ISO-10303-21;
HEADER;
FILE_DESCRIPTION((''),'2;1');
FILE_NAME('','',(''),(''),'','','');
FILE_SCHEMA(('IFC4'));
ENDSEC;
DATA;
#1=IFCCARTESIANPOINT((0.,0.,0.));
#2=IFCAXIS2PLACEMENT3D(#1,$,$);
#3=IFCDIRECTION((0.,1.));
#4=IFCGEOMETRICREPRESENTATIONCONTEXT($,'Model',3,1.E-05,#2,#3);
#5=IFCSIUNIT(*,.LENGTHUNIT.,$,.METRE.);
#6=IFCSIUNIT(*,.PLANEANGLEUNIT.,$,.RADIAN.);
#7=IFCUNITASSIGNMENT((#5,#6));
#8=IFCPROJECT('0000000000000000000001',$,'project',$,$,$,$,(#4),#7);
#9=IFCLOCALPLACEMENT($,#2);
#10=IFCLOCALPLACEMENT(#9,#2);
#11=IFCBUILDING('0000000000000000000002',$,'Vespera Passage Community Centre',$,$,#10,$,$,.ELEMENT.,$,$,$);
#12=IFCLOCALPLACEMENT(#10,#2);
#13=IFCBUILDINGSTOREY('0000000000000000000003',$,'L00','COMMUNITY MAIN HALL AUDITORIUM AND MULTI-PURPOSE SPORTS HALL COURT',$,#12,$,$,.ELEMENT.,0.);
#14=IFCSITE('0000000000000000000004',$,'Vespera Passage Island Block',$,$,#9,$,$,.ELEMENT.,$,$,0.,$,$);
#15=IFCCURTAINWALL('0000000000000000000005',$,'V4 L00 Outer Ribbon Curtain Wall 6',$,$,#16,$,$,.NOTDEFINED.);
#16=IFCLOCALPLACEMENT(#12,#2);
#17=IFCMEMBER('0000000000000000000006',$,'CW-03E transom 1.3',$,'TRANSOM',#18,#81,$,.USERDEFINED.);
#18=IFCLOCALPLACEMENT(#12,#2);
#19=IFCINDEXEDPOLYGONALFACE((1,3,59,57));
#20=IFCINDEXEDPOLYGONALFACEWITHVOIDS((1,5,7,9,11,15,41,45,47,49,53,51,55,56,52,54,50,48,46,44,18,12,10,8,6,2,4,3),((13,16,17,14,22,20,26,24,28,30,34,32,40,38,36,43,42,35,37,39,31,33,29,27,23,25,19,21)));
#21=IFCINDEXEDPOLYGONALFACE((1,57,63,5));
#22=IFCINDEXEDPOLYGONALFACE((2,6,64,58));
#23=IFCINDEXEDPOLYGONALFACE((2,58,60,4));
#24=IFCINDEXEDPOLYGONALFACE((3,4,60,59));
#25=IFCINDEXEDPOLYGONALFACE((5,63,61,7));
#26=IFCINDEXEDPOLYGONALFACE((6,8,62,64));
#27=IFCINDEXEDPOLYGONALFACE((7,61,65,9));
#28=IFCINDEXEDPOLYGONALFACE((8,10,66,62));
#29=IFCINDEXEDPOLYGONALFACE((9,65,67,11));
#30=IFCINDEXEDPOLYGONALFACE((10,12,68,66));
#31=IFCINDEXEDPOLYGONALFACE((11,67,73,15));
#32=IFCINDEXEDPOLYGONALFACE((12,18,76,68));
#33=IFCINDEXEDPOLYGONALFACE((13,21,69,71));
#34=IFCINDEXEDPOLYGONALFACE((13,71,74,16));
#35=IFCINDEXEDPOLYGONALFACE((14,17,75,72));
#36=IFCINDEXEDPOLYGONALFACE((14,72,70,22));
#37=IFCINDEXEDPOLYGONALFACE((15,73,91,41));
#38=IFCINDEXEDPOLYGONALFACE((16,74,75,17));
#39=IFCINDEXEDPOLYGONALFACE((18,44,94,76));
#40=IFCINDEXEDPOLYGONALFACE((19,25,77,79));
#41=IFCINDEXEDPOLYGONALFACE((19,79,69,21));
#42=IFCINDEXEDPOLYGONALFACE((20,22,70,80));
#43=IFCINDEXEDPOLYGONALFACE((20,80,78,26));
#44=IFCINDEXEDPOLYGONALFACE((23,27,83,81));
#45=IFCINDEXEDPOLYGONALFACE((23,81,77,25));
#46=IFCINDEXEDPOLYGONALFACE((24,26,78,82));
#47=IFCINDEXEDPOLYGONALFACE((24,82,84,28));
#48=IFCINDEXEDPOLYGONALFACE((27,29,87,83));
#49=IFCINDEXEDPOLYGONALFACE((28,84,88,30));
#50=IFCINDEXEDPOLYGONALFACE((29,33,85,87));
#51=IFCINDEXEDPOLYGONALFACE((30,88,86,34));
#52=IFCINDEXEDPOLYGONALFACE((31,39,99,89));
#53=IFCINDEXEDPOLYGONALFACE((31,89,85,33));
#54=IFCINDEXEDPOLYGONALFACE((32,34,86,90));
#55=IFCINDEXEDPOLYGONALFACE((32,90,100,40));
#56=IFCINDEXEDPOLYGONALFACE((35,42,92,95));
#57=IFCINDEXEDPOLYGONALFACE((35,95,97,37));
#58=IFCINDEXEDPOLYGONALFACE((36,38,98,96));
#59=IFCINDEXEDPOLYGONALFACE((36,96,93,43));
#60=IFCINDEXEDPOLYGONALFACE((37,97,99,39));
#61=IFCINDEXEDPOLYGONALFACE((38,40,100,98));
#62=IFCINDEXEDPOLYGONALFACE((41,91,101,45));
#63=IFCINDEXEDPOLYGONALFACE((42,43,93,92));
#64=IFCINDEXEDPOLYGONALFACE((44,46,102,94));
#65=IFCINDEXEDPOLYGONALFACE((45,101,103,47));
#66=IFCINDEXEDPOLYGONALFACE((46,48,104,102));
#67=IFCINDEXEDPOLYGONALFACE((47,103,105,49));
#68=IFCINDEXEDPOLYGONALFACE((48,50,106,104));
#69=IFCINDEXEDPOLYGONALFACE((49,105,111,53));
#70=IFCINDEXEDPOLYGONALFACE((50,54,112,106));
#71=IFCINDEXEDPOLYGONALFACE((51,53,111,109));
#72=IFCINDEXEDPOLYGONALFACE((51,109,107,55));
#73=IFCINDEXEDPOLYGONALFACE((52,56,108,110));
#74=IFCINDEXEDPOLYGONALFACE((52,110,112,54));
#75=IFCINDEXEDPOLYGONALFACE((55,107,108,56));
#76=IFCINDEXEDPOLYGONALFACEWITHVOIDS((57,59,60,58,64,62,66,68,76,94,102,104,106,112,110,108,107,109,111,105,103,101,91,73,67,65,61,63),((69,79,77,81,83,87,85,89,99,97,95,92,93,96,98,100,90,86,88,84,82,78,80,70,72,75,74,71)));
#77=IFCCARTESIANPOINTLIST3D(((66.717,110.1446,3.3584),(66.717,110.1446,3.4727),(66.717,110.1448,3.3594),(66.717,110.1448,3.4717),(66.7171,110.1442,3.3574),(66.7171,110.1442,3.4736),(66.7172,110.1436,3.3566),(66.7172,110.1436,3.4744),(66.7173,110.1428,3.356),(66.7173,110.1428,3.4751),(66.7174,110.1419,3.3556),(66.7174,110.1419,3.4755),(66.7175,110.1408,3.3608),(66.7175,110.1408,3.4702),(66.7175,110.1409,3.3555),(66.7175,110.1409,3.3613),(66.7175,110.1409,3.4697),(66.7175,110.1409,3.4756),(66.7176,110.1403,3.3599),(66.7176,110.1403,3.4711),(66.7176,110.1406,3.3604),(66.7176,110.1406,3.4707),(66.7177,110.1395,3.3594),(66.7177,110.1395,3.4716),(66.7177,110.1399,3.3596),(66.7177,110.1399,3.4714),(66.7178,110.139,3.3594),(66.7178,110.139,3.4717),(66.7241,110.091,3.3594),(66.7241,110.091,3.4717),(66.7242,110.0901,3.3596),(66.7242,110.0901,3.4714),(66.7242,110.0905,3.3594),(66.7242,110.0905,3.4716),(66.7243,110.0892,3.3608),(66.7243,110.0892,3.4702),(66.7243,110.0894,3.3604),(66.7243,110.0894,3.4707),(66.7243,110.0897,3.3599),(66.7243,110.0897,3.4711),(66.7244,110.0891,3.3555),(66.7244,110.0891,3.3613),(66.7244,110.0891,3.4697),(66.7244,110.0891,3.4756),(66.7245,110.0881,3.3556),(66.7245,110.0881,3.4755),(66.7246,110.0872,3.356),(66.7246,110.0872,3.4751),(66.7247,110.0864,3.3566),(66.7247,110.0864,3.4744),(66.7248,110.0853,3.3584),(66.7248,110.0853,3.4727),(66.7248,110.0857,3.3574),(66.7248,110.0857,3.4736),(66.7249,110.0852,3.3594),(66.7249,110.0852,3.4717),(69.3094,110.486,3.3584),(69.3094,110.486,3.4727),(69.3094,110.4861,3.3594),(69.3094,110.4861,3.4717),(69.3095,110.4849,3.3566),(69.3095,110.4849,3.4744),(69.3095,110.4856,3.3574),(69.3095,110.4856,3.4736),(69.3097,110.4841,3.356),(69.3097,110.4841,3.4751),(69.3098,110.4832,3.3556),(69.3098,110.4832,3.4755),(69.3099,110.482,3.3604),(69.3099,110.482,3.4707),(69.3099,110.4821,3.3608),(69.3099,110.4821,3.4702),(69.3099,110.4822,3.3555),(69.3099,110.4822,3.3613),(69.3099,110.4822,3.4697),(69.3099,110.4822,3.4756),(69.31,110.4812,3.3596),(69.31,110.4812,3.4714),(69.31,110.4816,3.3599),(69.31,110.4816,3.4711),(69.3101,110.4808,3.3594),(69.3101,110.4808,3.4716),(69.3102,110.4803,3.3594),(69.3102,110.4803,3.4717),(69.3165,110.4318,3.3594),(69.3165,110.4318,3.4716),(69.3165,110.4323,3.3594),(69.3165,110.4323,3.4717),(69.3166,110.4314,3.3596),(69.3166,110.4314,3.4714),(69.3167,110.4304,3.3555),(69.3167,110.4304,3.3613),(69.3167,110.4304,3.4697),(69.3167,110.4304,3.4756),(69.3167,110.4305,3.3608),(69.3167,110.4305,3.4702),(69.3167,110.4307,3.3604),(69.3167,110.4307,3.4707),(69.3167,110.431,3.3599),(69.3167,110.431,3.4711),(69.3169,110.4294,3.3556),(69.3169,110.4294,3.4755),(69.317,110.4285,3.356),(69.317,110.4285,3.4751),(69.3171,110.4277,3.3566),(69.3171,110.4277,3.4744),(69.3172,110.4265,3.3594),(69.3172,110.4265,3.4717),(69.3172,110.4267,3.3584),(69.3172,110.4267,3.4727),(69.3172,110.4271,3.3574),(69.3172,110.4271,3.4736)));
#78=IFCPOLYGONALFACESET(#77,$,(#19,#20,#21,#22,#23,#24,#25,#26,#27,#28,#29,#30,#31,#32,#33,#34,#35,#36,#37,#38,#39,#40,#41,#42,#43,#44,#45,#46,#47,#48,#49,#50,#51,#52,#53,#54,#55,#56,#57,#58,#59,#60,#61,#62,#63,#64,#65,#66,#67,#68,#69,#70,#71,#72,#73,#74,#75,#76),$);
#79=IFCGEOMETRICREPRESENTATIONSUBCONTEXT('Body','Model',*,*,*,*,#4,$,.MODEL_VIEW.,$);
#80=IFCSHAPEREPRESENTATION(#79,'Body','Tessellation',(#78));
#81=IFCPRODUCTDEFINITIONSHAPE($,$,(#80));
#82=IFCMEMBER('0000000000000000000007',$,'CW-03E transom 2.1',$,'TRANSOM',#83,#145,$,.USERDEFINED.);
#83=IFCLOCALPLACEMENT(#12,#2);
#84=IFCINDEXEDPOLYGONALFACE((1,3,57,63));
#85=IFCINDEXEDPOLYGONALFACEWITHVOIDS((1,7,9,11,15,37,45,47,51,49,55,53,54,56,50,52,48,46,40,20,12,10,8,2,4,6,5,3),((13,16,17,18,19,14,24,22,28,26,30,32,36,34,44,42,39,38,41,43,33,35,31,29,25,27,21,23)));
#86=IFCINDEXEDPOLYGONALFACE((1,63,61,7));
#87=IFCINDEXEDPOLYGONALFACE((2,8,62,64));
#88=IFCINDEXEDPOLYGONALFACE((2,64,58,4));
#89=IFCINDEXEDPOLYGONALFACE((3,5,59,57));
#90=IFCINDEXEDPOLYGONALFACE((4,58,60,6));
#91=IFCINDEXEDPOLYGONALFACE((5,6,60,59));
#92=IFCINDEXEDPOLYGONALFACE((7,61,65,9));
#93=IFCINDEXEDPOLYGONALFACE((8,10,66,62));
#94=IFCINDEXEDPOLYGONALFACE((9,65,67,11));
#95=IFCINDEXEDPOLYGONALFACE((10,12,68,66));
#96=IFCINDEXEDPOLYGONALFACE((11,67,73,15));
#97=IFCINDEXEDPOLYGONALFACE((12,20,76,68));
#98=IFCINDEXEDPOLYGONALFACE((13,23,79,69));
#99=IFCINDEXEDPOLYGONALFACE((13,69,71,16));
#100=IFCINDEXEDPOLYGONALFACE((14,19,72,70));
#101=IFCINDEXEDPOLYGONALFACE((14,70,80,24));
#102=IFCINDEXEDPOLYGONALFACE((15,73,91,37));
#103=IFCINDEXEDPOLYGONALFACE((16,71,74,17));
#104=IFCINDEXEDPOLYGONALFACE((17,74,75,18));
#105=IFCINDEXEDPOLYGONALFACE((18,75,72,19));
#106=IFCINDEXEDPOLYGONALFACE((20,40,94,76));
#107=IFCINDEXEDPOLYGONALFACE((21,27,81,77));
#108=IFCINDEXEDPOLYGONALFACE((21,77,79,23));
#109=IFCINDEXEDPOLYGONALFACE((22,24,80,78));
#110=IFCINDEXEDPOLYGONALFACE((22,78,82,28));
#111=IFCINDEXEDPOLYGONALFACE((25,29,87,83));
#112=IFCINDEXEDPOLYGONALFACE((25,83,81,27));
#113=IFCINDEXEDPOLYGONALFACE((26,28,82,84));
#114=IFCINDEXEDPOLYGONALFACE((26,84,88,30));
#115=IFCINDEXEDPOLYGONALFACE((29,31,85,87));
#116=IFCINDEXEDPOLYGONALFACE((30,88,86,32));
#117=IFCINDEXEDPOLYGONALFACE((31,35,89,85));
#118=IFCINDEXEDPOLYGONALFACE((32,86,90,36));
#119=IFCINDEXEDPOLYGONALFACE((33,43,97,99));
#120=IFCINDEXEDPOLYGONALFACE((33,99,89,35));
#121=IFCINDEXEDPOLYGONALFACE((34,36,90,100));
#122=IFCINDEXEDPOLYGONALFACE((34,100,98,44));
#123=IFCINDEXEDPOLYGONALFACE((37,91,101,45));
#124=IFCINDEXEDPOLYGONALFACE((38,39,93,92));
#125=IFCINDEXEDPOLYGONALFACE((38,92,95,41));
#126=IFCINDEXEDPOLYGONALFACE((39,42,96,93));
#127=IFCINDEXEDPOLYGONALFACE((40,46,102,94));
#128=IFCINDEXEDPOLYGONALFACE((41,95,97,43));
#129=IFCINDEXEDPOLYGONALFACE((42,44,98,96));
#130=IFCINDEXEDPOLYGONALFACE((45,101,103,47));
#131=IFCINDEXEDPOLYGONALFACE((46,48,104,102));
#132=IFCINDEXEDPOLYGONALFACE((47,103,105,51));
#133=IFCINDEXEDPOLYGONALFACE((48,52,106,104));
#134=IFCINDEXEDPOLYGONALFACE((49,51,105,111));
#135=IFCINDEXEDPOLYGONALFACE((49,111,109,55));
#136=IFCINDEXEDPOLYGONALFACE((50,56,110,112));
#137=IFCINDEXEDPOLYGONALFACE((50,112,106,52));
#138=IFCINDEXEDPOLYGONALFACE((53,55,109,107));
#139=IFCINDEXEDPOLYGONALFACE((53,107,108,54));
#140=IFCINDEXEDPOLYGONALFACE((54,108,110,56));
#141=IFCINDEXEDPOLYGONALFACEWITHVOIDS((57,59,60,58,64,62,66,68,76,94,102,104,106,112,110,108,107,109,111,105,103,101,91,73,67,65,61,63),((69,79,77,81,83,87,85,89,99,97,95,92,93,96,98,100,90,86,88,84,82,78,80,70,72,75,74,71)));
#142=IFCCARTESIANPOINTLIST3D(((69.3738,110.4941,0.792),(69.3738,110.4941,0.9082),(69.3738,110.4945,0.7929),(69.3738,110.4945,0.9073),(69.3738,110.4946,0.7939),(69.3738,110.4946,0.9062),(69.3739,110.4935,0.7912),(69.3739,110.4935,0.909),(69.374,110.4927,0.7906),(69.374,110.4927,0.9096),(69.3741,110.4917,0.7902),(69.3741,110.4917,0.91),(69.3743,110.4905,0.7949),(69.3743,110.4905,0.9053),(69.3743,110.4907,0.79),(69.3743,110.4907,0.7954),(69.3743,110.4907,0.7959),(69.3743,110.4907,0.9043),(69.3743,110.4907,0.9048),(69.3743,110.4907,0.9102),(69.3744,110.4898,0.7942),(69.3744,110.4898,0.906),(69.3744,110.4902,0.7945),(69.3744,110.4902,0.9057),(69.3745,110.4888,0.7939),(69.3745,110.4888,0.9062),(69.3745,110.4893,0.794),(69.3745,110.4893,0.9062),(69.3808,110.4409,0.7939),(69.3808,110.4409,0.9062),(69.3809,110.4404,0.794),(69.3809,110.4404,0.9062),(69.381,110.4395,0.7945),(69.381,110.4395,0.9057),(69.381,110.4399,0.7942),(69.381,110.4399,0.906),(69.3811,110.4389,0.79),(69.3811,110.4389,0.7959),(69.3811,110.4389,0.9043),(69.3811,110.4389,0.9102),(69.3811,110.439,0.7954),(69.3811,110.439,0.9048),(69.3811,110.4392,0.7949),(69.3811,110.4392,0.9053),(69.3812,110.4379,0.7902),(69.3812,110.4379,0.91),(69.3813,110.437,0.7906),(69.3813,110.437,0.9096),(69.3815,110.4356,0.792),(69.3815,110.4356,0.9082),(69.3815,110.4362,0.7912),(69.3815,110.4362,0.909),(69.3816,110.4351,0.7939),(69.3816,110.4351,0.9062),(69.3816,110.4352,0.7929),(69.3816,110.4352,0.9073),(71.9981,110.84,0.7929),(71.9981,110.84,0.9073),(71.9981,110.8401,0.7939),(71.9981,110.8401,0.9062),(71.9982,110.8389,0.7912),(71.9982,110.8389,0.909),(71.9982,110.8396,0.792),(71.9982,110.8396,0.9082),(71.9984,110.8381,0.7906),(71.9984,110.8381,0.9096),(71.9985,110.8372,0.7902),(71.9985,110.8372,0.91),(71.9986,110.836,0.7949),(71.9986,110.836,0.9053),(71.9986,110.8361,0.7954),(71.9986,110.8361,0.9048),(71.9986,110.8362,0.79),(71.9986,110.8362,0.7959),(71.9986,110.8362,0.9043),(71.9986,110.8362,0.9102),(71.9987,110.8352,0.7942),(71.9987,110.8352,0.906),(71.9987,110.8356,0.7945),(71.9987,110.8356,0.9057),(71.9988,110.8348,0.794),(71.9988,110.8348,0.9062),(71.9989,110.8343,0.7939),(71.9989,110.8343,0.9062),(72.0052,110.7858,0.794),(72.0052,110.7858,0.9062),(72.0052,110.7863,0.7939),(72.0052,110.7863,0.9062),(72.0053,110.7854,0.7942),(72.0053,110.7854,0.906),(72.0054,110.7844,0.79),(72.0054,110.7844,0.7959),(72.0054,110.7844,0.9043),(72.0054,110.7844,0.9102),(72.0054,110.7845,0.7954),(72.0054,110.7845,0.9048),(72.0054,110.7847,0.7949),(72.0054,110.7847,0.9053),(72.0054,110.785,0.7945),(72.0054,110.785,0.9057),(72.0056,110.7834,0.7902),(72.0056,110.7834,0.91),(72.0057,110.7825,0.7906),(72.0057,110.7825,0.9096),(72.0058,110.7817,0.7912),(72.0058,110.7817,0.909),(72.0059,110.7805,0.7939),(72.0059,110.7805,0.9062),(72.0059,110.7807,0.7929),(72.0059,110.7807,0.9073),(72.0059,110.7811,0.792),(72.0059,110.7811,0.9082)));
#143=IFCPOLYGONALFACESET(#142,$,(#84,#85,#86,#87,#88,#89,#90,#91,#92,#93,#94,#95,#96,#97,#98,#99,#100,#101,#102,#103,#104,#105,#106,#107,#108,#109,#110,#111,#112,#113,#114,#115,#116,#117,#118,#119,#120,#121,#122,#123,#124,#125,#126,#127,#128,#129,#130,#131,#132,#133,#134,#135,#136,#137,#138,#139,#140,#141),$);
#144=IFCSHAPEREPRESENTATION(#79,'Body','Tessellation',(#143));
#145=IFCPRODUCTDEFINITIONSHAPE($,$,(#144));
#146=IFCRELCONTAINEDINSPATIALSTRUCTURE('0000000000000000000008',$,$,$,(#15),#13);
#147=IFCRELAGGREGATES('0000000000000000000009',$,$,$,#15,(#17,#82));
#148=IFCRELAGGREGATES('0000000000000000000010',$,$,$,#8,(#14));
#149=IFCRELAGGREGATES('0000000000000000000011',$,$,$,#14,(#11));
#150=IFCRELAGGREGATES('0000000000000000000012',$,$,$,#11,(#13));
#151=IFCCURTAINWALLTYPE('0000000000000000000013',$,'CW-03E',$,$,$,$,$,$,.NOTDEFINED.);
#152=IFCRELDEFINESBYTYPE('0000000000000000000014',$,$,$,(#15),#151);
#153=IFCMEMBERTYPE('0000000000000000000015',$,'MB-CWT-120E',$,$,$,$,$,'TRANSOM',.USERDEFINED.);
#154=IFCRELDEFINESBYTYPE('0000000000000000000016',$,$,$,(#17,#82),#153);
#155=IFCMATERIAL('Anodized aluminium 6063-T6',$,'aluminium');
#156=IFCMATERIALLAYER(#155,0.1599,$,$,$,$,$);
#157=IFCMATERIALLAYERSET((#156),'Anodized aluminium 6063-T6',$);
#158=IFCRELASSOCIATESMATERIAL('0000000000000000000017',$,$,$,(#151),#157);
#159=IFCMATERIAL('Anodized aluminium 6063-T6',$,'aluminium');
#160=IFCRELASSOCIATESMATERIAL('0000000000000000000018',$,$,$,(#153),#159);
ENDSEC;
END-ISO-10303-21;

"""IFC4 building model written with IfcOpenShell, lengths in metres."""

from ifc_helpers import new_model, si_unit, direction, frame, origin, origin_2d, place, context, subcontext, project, spatial, hollow_rectangle, extrude, material, layer, layer_set, material_profile, profile_set, type_object, element, aggregate, save


model = new_model("IFC4")

# Units and contexts
model_context = context("Model", 3, precision=1e-05, world=origin(), true_north=direction((0.0, 1.0)))
body_context = subcontext(model_context, "Body", "Model", "MODEL_VIEW")
ifc_project = project(units=[si_unit("LENGTHUNIT", "METRE"), si_unit("PLANEANGLEUNIT", "RADIAN")], contexts=[model_context])

# Site, building, storey
site_placement = place(None, origin())
site = spatial("IfcSite", under=ifc_project, at=site_placement, Name="Vespera Passage Island Block", CompositionType="ELEMENT", RefElevation=0.0)
building_placement = place(site_placement, origin())
building = spatial("IfcBuilding", under=site, at=building_placement, Name="Vespera Passage Community Centre", CompositionType="ELEMENT")
storey_placement = place(building_placement, origin())
storey = spatial("IfcBuildingStorey", under=building, at=storey_placement, Name="L00", Description="COMMUNITY MAIN HALL AUDITORIUM AND MULTI-PURPOSE SPORTS HALL COURT", CompositionType="ELEMENT", Elevation=0.0)

# Curtain wall
ifc_material_1 = material(Name="Anodized aluminium 6063-T6", Category="aluminium")
ifc_layer_1 = layer(ifc_material_1, 0.1599)
ifc_layer_set_1 = layer_set([ifc_layer_1], Name="Anodized aluminium 6063-T6")
curtain_wall_type_1 = type_object("IfcCurtainWallType", Name="CW-03E", PredefinedType="NOTDEFINED", material=ifc_layer_set_1)
curtain_wall_1_placement = place(storey_placement, origin())
curtain_wall_1 = element("IfcCurtainWall", 1, at=curtain_wall_1_placement, inside=storey, type_object=curtain_wall_type_1, Name="V4 L00 Outer Ribbon Curtain Wall 6", PredefinedType="NOTDEFINED")

# Members
ifc_material_2 = material(Name="Anodized aluminium 6063-T6", Category="aluminium")
ifc_material_profile_1 = material_profile(ifc_material_2, hollow_rectangle(XDim=0.0601, YDim=0.1201, WallThickness=0.0039, InnerFilletRadius=0.002, OuterFilletRadius=0.0039, at=origin_2d()), Name="ALU120X60X4")
ifc_profile_set_1 = profile_set([ifc_material_profile_1], Name="Anodized aluminium 6063-T6")
member_type_1 = type_object("IfcMemberType", Name="MB-CWT-120E", ElementType="TRANSOM", PredefinedType="USERDEFINED", material=ifc_profile_set_1)
member_1_placement = place(storey_placement, frame((66.7209, 110.115, 3.4155), z_axis=(0.991443, 0.130537, 0.0), x_axis=(-0.130537, 0.991443, 0.0)))
member_1 = element("IfcMember", 2, at=member_1_placement, type_object=member_type_1, Name="CW-03E transom 1.3", ObjectType="TRANSOM", PredefinedType="USERDEFINED", context=body_context, shape_type="SweptSolid", body=[
    extrude(hollow_rectangle(XDim=0.0601, YDim=0.1201, WallThickness=0.0039, InnerFilletRadius=0.002, OuterFilletRadius=0.0039, at=origin_2d()), origin(), (0.0, 0.0, 1.0), 2.6147),
])
member_2_placement = place(storey_placement, frame((69.3777, 110.4648, 0.8501), z_axis=(0.991446, 0.130514, 0.0), x_axis=(-0.130514, 0.991446, 0.0)))
member_2 = element("IfcMember", 3, at=member_2_placement, type_object=member_type_1, Name="CW-03E transom 2.1", ObjectType="TRANSOM", PredefinedType="USERDEFINED", context=body_context, shape_type="SweptSolid", body=[
    extrude(hollow_rectangle(XDim=0.0601, YDim=0.1201, WallThickness=0.0039, InnerFilletRadius=0.002, OuterFilletRadius=0.0039, at=origin_2d()), origin(), (0.0, 0.0, 1.0), 2.647),
])

aggregate(curtain_wall_1, [member_1, member_2])

save(model, "model.ifc")
